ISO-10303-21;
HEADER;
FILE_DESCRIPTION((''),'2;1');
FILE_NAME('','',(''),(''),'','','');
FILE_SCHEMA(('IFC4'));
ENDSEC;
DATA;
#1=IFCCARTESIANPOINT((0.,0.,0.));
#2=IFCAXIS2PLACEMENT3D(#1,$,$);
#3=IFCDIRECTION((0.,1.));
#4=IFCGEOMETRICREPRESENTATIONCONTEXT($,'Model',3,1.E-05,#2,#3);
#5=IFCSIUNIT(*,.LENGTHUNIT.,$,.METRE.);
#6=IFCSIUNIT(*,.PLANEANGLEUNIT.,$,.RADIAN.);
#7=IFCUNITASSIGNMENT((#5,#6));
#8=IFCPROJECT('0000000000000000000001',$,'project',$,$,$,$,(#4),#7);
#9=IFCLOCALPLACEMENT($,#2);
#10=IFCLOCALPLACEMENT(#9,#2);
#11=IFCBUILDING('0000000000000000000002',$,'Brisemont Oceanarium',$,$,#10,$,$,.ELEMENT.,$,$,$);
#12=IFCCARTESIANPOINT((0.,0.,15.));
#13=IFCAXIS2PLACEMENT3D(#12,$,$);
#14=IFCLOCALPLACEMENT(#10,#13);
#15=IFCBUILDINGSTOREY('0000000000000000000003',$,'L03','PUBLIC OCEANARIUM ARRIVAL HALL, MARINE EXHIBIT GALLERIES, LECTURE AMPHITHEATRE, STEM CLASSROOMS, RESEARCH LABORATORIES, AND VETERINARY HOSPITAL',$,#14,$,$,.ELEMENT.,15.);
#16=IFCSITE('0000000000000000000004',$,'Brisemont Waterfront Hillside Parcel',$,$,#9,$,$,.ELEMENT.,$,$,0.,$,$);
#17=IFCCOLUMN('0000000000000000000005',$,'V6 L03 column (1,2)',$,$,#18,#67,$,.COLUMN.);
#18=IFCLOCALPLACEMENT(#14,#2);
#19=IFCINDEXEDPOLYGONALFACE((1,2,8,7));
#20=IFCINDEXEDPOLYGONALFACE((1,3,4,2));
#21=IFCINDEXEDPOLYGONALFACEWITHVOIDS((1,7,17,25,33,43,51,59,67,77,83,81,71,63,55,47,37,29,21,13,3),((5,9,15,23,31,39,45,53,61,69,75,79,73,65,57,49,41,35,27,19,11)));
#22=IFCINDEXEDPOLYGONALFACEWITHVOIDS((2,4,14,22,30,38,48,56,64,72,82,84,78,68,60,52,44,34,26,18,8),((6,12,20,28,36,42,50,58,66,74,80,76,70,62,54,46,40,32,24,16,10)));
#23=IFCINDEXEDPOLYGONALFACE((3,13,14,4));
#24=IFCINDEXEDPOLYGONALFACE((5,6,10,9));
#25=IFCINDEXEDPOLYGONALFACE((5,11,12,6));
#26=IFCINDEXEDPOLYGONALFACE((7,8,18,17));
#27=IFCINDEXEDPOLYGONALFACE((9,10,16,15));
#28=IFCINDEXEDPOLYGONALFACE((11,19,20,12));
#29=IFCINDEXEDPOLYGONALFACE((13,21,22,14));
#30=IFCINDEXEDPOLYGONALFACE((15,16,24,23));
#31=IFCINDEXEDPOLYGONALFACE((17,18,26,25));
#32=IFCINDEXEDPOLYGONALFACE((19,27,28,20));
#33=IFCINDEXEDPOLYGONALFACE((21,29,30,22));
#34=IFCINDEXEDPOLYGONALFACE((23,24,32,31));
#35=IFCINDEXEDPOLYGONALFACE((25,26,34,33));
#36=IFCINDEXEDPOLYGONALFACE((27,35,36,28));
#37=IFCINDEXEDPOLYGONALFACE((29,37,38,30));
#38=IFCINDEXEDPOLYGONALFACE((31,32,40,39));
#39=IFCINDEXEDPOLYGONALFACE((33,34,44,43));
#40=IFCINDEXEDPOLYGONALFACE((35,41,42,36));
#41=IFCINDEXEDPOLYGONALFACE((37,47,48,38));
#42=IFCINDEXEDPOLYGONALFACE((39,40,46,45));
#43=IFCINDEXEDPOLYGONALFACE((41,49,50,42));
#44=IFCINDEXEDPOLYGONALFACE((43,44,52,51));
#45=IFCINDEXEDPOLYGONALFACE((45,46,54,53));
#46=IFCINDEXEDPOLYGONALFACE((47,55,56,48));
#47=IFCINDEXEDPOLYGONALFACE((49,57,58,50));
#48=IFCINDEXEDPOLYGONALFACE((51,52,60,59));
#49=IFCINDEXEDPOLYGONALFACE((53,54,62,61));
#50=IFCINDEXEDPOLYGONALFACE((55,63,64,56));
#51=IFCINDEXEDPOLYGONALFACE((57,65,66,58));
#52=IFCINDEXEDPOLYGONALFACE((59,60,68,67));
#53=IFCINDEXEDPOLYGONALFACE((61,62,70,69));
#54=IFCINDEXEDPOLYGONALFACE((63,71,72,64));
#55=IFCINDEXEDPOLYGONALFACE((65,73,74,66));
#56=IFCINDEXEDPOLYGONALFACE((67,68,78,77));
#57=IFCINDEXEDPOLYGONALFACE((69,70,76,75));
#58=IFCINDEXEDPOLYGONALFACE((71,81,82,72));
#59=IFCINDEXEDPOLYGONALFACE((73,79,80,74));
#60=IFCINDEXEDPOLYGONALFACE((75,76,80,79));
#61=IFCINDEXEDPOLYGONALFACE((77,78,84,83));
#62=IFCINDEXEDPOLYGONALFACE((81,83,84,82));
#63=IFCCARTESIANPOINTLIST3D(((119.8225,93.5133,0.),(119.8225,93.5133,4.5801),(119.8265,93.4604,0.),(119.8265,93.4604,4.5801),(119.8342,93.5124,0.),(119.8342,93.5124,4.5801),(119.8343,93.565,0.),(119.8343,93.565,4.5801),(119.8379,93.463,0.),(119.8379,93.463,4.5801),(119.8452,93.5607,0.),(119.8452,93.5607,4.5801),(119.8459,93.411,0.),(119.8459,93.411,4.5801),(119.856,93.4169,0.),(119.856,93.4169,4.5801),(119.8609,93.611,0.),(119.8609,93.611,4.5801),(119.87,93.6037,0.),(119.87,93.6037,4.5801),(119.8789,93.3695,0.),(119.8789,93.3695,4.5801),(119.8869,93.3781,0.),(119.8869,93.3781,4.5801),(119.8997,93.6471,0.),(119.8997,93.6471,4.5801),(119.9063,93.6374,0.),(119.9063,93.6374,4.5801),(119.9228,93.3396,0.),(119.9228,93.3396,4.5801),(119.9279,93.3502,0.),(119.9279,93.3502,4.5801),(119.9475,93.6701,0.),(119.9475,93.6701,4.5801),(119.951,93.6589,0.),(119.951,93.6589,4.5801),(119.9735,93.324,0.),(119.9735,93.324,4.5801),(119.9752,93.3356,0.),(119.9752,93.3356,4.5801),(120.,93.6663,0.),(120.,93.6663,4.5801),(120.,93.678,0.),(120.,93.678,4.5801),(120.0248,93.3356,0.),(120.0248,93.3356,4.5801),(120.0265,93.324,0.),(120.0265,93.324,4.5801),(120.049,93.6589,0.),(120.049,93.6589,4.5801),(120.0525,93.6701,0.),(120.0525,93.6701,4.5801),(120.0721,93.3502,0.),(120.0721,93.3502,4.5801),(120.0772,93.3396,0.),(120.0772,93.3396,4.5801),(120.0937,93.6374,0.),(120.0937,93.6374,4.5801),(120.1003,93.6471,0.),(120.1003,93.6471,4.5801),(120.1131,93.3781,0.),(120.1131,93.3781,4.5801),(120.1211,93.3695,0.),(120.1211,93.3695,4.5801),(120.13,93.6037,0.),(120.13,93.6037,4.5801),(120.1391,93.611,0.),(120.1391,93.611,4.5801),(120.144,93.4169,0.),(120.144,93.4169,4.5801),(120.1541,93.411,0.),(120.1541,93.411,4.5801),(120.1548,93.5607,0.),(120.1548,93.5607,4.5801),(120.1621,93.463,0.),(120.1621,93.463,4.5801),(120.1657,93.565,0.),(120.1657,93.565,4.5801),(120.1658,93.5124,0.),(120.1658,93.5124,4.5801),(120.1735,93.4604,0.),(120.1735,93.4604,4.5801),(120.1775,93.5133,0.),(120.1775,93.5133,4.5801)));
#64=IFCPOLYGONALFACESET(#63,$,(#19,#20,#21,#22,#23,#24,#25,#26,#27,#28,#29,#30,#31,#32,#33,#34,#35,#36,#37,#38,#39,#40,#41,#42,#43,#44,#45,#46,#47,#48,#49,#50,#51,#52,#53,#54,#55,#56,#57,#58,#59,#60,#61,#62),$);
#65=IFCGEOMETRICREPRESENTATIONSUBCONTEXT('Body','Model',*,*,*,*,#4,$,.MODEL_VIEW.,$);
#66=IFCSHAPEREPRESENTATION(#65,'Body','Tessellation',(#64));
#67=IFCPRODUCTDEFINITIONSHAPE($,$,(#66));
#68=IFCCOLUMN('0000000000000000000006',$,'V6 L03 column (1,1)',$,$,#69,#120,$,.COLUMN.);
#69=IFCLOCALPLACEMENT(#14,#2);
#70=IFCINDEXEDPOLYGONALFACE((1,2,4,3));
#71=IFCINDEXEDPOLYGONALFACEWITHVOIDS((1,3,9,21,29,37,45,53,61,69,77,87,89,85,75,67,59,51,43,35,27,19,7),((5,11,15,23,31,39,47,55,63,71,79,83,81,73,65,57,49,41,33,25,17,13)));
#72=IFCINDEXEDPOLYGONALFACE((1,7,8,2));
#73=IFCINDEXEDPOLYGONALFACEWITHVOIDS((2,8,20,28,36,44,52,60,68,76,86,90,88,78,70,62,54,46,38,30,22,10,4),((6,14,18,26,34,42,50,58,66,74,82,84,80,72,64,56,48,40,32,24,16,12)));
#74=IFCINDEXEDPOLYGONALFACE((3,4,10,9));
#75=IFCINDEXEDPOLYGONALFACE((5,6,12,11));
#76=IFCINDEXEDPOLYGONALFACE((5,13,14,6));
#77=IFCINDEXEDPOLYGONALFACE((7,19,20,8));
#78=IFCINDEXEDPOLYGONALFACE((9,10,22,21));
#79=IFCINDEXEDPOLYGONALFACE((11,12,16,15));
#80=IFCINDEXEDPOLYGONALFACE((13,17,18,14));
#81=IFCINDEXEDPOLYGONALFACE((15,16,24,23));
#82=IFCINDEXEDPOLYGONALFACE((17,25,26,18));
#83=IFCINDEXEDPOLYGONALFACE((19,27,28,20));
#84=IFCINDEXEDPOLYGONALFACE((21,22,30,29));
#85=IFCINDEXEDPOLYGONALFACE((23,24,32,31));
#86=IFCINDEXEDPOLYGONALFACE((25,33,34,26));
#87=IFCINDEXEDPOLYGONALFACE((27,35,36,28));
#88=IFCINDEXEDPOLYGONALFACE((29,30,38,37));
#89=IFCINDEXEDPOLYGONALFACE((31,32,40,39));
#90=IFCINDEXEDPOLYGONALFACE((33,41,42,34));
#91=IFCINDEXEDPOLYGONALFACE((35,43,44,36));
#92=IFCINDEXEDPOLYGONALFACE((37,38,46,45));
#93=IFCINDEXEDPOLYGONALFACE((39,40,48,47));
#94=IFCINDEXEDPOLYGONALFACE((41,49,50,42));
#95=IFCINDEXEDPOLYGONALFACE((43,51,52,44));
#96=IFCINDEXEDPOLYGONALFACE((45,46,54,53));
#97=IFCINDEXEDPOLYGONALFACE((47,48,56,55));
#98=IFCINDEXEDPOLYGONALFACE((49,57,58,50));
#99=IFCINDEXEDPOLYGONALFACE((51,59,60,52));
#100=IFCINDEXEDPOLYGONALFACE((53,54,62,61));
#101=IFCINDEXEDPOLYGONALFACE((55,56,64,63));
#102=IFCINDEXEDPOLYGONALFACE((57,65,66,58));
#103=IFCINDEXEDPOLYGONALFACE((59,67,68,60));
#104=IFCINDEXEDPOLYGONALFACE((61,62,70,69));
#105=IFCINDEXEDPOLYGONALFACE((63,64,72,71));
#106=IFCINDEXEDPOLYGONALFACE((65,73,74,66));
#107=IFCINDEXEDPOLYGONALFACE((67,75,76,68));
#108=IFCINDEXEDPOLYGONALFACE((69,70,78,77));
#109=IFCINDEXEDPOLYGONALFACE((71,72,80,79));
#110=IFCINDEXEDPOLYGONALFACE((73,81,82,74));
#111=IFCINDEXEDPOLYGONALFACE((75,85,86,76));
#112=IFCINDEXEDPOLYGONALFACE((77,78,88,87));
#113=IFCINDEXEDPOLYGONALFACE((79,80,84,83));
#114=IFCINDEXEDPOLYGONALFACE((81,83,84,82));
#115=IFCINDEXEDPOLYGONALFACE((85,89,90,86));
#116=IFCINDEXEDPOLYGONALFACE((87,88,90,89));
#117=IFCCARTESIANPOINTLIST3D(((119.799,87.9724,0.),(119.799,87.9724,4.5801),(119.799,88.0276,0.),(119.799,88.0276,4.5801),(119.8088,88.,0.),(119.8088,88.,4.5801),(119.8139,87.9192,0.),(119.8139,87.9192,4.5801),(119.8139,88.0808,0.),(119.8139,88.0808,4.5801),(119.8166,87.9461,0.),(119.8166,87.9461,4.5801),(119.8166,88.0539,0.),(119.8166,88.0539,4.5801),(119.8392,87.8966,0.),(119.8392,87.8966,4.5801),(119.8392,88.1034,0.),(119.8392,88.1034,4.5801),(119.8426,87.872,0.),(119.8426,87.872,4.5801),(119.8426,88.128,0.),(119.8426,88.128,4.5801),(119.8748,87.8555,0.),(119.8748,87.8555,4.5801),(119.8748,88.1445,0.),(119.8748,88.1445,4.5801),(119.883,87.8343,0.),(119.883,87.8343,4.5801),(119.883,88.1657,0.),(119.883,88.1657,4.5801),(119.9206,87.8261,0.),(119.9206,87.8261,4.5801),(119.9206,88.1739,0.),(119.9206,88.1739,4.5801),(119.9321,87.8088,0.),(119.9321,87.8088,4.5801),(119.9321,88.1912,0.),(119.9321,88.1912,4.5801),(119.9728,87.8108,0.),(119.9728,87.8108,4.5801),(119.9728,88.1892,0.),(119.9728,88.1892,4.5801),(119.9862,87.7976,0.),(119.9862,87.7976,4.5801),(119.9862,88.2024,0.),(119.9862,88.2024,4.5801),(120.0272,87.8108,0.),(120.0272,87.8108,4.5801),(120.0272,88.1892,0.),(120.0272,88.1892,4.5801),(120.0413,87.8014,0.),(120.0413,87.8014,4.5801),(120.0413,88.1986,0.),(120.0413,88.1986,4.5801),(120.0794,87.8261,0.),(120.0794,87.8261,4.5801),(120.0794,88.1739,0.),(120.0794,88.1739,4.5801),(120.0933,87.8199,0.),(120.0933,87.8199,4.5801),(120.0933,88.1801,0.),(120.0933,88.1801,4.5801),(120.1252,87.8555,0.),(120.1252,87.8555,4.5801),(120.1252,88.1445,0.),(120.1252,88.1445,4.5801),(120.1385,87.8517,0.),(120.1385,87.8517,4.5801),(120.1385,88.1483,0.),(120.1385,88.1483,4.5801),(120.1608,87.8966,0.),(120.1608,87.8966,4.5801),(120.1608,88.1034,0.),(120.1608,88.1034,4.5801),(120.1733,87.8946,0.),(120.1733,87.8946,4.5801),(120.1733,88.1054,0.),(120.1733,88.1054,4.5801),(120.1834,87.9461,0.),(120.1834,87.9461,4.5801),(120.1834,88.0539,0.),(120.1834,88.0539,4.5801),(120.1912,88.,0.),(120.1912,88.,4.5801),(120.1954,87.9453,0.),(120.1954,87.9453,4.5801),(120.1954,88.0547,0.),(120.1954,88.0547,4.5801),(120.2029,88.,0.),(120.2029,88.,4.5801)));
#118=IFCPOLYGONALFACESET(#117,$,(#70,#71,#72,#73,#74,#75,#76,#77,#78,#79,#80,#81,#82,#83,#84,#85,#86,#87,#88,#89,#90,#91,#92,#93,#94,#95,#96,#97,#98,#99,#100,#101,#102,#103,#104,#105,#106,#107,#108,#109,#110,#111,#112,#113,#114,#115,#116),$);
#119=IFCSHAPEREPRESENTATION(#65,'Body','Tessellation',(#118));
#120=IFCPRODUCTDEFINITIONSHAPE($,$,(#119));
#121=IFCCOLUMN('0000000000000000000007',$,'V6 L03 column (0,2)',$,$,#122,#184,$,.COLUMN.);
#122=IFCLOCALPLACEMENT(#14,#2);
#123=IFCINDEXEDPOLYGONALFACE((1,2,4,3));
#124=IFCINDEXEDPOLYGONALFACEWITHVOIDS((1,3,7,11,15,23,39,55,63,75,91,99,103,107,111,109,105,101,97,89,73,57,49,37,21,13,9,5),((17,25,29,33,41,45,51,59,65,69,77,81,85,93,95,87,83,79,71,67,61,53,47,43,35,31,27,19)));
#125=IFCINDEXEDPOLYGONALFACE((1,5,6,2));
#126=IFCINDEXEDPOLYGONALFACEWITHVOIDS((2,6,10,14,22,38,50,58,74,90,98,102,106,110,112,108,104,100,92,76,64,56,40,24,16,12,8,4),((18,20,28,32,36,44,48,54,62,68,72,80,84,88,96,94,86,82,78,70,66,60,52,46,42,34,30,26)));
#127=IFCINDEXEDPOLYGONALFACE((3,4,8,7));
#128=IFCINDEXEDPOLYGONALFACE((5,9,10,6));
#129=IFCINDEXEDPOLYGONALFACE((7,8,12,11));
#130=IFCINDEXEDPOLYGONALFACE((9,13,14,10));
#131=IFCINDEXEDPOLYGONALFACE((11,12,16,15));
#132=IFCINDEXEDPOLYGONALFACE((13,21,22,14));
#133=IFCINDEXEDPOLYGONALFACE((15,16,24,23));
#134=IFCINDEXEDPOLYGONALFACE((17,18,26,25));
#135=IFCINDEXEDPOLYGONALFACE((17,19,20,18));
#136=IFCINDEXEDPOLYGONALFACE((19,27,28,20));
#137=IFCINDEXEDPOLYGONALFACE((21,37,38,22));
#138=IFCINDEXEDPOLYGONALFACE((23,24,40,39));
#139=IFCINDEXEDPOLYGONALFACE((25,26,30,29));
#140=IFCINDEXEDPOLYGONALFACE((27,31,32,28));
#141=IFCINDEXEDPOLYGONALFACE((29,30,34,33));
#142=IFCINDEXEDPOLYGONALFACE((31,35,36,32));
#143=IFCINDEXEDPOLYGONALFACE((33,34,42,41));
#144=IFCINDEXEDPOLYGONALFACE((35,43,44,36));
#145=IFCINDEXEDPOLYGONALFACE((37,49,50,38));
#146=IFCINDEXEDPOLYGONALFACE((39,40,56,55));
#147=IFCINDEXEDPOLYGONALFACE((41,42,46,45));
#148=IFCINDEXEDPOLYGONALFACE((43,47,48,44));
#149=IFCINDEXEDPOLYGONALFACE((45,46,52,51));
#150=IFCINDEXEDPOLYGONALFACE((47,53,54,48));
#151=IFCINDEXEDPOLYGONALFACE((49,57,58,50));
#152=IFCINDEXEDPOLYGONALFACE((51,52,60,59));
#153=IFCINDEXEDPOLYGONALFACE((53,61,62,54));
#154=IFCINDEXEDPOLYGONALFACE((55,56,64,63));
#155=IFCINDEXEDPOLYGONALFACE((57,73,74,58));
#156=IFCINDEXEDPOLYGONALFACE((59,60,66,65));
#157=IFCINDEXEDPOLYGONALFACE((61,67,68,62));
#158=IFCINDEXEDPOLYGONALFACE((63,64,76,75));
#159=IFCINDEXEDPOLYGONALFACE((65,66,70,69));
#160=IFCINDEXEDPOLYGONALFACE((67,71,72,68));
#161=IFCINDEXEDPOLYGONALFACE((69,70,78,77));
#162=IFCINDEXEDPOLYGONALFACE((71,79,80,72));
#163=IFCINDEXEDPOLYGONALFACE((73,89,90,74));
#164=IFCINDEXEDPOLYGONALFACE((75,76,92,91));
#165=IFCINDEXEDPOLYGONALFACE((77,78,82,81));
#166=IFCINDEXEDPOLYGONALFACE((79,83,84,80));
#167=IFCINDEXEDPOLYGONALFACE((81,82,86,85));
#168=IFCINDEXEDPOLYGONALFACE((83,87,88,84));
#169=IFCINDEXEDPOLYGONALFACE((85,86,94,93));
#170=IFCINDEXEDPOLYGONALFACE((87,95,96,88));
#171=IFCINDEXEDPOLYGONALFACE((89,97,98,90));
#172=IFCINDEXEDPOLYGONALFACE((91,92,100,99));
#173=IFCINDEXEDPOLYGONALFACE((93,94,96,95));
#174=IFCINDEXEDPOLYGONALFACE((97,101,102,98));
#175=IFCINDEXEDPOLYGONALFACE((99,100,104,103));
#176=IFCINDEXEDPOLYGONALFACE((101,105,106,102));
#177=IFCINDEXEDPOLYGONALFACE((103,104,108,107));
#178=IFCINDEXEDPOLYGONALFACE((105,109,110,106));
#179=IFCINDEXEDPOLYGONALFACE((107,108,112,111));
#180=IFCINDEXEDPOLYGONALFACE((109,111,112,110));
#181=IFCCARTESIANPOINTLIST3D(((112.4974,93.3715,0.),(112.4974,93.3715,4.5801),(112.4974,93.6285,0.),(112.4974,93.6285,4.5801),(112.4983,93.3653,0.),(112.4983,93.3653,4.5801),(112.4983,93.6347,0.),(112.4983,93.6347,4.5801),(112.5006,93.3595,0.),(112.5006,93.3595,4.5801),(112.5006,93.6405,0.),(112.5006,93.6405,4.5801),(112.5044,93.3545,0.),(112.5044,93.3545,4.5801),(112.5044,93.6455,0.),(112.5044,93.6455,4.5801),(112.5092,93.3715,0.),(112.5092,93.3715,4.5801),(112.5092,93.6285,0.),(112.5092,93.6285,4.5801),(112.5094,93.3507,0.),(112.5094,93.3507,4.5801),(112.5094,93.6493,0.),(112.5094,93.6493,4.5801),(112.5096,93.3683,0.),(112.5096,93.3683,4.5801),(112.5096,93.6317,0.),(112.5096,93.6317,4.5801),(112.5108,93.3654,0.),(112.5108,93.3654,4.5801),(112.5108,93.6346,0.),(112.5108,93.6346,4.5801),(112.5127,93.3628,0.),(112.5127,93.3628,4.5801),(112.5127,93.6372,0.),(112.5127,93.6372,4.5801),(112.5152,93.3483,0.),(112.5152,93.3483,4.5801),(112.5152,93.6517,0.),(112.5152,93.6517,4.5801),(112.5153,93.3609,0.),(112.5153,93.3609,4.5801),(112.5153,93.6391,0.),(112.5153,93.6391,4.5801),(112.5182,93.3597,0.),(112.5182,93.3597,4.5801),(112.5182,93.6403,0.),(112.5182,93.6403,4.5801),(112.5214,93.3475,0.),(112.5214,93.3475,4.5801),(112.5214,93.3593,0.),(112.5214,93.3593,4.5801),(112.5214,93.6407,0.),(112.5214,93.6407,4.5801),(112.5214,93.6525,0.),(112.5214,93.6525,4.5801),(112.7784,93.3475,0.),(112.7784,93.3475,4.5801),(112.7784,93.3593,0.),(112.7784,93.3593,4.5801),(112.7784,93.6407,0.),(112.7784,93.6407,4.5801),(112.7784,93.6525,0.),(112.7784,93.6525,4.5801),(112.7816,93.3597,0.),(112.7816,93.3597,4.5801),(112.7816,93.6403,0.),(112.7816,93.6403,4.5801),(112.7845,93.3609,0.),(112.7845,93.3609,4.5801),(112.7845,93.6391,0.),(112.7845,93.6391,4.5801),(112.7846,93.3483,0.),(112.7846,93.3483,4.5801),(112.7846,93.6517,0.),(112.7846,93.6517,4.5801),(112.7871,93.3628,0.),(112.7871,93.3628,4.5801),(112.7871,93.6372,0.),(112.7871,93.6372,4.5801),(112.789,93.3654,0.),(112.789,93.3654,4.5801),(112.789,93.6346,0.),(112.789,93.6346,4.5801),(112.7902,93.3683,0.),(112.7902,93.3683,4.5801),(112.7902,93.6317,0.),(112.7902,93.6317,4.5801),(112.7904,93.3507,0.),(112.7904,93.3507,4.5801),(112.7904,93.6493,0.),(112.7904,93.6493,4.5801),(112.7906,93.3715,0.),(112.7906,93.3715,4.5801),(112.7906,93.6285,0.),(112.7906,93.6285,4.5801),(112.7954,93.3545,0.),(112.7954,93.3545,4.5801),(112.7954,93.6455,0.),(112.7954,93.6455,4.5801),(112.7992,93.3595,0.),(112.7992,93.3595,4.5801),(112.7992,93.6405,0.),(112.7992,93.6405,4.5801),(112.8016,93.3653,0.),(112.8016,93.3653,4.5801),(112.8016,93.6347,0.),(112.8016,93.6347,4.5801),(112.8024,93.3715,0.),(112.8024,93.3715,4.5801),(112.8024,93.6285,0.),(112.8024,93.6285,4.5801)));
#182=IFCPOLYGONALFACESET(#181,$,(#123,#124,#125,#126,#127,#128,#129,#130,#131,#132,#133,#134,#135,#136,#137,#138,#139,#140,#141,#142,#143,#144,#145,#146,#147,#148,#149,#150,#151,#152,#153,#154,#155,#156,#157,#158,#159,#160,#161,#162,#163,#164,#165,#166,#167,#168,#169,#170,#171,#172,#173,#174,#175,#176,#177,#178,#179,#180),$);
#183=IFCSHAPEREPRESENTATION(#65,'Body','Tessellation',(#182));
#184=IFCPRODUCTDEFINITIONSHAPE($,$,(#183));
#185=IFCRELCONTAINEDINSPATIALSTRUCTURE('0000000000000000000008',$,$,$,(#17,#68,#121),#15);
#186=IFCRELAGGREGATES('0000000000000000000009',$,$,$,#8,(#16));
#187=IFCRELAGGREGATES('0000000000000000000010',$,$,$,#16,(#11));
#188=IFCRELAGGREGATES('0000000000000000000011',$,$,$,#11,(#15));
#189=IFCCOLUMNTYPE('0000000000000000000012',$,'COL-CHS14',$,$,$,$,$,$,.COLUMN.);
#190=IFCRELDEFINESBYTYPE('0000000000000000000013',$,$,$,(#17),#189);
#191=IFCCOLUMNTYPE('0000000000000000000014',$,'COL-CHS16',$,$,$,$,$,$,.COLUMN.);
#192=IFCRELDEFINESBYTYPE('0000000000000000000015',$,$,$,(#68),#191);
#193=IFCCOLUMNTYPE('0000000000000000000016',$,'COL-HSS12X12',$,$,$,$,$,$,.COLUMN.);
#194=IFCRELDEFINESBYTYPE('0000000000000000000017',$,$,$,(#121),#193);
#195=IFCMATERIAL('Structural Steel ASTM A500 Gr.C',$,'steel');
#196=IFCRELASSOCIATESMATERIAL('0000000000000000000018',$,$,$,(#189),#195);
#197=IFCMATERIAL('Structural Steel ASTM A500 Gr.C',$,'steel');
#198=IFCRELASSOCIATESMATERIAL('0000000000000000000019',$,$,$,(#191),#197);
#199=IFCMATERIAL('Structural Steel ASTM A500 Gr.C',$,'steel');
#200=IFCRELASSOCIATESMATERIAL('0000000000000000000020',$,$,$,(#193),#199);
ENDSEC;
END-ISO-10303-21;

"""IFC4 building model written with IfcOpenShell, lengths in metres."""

from ifc_helpers import new_model, si_unit, direction, frame, origin, origin_2d, place, context, subcontext, project, spatial, hollow_rectangle, hollow_circle, extrude, material, material_profile, profile_set, type_object, element, save


model = new_model("IFC4")

# Units and contexts
model_context = context("Model", 3, precision=1e-05, world=origin(), true_north=direction((0.0, 1.0)))
body_context = subcontext(model_context, "Body", "Model", "MODEL_VIEW")
ifc_project = project(units=[si_unit("LENGTHUNIT", "METRE"), si_unit("PLANEANGLEUNIT", "RADIAN")], contexts=[model_context])

# Site, building, storey
site_placement = place(None, origin())
site = spatial("IfcSite", under=ifc_project, at=site_placement, Name="Brisemont Waterfront Hillside Parcel", CompositionType="ELEMENT", RefElevation=0.0)
building_placement = place(site_placement, origin())
building = spatial("IfcBuilding", under=site, at=building_placement, Name="Brisemont Oceanarium", CompositionType="ELEMENT")
storey_placement = place(building_placement, frame((0.0, 0.0, 15.0)))
storey = spatial("IfcBuildingStorey", under=building, at=storey_placement, Name="L03", Description="PUBLIC OCEANARIUM ARRIVAL HALL, MARINE EXHIBIT GALLERIES, LECTURE AMPHITHEATRE, STEM CLASSROOMS, RESEARCH LABORATORIES, AND VETERINARY HOSPITAL", CompositionType="ELEMENT", Elevation=15.0)

# Columns
ifc_material_1 = material(Name="Structural Steel ASTM A500 Gr.C", Category="steel")
ifc_material_profile_1 = material_profile(ifc_material_1, hollow_circle(Radius=0.178, WallThickness=0.0117, at=origin_2d()), Name="HSS14.000X0.500")
ifc_profile_set_1 = profile_set([ifc_material_profile_1], Name="Structural Steel ASTM A500 Gr.C")
column_type_1 = type_object("IfcColumnType", Name="COL-CHS14", PredefinedType="COLUMN", material=ifc_profile_set_1)
column_1_placement = place(storey_placement, frame((120.0, 93.5, 0.0), z_axis=(0.0, 0.0, 1.0), x_axis=(0.0, 1.0, 0.0)))
element("IfcColumn", 1, at=column_1_placement, inside=storey, type_object=column_type_1, Name="V6 L03 column (1,2)", PredefinedType="COLUMN", context=body_context, shape_type="SweptSolid", body=[
    extrude(hollow_circle(Radius=0.178, WallThickness=0.0117, at=origin_2d()), origin(), (0.0, 0.0, 1.0), 4.5801),
])
ifc_material_2 = material(Name="Structural Steel ASTM A500 Gr.C", Category="steel")
ifc_material_profile_2 = material_profile(ifc_material_2, hollow_circle(Radius=0.2029, WallThickness=0.0117, at=origin_2d()), Name="HSS16.000X0.500")
ifc_profile_set_2 = profile_set([ifc_material_profile_2], Name="Structural Steel ASTM A500 Gr.C")
column_type_2 = type_object("IfcColumnType", Name="COL-CHS16", PredefinedType="COLUMN", material=ifc_profile_set_2)
column_2_placement = place(storey_placement, frame((120.0, 88.0, 0.0), z_axis=(0.0, 0.0, 1.0), x_axis=(1.0, 0.0, 0.0)))
element("IfcColumn", 2, at=column_2_placement, inside=storey, type_object=column_type_2, Name="V6 L03 column (1,1)", PredefinedType="COLUMN", context=body_context, shape_type="SweptSolid", body=[
    extrude(hollow_circle(Radius=0.2029, WallThickness=0.0117, at=origin_2d()), origin(), (0.0, 0.0, 1.0), 4.5801),
])
ifc_material_3 = material(Name="Structural Steel ASTM A500 Gr.C", Category="steel")
ifc_material_profile_3 = material_profile(ifc_material_3, hollow_rectangle(XDim=0.3049, YDim=0.3049, WallThickness=0.0117, InnerFilletRadius=0.0122, OuterFilletRadius=0.0239, at=origin_2d()), Name="HSS12X12X1/2")
ifc_profile_set_3 = profile_set([ifc_material_profile_3], Name="Structural Steel ASTM A500 Gr.C")
column_type_3 = type_object("IfcColumnType", Name="COL-HSS12X12", PredefinedType="COLUMN", material=ifc_profile_set_3)
column_3_placement = place(storey_placement, frame((112.6499, 93.5, 0.0), z_axis=(0.0, 0.0, 1.0), x_axis=(1.0, 0.0, 0.0)))
element("IfcColumn", 3, at=column_3_placement, inside=storey, type_object=column_type_3, Name="V6 L03 column (0,2)", PredefinedType="COLUMN", context=body_context, shape_type="SweptSolid", body=[
    extrude(hollow_rectangle(XDim=0.3049, YDim=0.3049, WallThickness=0.0117, InnerFilletRadius=0.0122, OuterFilletRadius=0.0239, at=origin_2d()), origin(), (0.0, 0.0, 1.0), 4.5801),
])

save(model, "model.ifc")
